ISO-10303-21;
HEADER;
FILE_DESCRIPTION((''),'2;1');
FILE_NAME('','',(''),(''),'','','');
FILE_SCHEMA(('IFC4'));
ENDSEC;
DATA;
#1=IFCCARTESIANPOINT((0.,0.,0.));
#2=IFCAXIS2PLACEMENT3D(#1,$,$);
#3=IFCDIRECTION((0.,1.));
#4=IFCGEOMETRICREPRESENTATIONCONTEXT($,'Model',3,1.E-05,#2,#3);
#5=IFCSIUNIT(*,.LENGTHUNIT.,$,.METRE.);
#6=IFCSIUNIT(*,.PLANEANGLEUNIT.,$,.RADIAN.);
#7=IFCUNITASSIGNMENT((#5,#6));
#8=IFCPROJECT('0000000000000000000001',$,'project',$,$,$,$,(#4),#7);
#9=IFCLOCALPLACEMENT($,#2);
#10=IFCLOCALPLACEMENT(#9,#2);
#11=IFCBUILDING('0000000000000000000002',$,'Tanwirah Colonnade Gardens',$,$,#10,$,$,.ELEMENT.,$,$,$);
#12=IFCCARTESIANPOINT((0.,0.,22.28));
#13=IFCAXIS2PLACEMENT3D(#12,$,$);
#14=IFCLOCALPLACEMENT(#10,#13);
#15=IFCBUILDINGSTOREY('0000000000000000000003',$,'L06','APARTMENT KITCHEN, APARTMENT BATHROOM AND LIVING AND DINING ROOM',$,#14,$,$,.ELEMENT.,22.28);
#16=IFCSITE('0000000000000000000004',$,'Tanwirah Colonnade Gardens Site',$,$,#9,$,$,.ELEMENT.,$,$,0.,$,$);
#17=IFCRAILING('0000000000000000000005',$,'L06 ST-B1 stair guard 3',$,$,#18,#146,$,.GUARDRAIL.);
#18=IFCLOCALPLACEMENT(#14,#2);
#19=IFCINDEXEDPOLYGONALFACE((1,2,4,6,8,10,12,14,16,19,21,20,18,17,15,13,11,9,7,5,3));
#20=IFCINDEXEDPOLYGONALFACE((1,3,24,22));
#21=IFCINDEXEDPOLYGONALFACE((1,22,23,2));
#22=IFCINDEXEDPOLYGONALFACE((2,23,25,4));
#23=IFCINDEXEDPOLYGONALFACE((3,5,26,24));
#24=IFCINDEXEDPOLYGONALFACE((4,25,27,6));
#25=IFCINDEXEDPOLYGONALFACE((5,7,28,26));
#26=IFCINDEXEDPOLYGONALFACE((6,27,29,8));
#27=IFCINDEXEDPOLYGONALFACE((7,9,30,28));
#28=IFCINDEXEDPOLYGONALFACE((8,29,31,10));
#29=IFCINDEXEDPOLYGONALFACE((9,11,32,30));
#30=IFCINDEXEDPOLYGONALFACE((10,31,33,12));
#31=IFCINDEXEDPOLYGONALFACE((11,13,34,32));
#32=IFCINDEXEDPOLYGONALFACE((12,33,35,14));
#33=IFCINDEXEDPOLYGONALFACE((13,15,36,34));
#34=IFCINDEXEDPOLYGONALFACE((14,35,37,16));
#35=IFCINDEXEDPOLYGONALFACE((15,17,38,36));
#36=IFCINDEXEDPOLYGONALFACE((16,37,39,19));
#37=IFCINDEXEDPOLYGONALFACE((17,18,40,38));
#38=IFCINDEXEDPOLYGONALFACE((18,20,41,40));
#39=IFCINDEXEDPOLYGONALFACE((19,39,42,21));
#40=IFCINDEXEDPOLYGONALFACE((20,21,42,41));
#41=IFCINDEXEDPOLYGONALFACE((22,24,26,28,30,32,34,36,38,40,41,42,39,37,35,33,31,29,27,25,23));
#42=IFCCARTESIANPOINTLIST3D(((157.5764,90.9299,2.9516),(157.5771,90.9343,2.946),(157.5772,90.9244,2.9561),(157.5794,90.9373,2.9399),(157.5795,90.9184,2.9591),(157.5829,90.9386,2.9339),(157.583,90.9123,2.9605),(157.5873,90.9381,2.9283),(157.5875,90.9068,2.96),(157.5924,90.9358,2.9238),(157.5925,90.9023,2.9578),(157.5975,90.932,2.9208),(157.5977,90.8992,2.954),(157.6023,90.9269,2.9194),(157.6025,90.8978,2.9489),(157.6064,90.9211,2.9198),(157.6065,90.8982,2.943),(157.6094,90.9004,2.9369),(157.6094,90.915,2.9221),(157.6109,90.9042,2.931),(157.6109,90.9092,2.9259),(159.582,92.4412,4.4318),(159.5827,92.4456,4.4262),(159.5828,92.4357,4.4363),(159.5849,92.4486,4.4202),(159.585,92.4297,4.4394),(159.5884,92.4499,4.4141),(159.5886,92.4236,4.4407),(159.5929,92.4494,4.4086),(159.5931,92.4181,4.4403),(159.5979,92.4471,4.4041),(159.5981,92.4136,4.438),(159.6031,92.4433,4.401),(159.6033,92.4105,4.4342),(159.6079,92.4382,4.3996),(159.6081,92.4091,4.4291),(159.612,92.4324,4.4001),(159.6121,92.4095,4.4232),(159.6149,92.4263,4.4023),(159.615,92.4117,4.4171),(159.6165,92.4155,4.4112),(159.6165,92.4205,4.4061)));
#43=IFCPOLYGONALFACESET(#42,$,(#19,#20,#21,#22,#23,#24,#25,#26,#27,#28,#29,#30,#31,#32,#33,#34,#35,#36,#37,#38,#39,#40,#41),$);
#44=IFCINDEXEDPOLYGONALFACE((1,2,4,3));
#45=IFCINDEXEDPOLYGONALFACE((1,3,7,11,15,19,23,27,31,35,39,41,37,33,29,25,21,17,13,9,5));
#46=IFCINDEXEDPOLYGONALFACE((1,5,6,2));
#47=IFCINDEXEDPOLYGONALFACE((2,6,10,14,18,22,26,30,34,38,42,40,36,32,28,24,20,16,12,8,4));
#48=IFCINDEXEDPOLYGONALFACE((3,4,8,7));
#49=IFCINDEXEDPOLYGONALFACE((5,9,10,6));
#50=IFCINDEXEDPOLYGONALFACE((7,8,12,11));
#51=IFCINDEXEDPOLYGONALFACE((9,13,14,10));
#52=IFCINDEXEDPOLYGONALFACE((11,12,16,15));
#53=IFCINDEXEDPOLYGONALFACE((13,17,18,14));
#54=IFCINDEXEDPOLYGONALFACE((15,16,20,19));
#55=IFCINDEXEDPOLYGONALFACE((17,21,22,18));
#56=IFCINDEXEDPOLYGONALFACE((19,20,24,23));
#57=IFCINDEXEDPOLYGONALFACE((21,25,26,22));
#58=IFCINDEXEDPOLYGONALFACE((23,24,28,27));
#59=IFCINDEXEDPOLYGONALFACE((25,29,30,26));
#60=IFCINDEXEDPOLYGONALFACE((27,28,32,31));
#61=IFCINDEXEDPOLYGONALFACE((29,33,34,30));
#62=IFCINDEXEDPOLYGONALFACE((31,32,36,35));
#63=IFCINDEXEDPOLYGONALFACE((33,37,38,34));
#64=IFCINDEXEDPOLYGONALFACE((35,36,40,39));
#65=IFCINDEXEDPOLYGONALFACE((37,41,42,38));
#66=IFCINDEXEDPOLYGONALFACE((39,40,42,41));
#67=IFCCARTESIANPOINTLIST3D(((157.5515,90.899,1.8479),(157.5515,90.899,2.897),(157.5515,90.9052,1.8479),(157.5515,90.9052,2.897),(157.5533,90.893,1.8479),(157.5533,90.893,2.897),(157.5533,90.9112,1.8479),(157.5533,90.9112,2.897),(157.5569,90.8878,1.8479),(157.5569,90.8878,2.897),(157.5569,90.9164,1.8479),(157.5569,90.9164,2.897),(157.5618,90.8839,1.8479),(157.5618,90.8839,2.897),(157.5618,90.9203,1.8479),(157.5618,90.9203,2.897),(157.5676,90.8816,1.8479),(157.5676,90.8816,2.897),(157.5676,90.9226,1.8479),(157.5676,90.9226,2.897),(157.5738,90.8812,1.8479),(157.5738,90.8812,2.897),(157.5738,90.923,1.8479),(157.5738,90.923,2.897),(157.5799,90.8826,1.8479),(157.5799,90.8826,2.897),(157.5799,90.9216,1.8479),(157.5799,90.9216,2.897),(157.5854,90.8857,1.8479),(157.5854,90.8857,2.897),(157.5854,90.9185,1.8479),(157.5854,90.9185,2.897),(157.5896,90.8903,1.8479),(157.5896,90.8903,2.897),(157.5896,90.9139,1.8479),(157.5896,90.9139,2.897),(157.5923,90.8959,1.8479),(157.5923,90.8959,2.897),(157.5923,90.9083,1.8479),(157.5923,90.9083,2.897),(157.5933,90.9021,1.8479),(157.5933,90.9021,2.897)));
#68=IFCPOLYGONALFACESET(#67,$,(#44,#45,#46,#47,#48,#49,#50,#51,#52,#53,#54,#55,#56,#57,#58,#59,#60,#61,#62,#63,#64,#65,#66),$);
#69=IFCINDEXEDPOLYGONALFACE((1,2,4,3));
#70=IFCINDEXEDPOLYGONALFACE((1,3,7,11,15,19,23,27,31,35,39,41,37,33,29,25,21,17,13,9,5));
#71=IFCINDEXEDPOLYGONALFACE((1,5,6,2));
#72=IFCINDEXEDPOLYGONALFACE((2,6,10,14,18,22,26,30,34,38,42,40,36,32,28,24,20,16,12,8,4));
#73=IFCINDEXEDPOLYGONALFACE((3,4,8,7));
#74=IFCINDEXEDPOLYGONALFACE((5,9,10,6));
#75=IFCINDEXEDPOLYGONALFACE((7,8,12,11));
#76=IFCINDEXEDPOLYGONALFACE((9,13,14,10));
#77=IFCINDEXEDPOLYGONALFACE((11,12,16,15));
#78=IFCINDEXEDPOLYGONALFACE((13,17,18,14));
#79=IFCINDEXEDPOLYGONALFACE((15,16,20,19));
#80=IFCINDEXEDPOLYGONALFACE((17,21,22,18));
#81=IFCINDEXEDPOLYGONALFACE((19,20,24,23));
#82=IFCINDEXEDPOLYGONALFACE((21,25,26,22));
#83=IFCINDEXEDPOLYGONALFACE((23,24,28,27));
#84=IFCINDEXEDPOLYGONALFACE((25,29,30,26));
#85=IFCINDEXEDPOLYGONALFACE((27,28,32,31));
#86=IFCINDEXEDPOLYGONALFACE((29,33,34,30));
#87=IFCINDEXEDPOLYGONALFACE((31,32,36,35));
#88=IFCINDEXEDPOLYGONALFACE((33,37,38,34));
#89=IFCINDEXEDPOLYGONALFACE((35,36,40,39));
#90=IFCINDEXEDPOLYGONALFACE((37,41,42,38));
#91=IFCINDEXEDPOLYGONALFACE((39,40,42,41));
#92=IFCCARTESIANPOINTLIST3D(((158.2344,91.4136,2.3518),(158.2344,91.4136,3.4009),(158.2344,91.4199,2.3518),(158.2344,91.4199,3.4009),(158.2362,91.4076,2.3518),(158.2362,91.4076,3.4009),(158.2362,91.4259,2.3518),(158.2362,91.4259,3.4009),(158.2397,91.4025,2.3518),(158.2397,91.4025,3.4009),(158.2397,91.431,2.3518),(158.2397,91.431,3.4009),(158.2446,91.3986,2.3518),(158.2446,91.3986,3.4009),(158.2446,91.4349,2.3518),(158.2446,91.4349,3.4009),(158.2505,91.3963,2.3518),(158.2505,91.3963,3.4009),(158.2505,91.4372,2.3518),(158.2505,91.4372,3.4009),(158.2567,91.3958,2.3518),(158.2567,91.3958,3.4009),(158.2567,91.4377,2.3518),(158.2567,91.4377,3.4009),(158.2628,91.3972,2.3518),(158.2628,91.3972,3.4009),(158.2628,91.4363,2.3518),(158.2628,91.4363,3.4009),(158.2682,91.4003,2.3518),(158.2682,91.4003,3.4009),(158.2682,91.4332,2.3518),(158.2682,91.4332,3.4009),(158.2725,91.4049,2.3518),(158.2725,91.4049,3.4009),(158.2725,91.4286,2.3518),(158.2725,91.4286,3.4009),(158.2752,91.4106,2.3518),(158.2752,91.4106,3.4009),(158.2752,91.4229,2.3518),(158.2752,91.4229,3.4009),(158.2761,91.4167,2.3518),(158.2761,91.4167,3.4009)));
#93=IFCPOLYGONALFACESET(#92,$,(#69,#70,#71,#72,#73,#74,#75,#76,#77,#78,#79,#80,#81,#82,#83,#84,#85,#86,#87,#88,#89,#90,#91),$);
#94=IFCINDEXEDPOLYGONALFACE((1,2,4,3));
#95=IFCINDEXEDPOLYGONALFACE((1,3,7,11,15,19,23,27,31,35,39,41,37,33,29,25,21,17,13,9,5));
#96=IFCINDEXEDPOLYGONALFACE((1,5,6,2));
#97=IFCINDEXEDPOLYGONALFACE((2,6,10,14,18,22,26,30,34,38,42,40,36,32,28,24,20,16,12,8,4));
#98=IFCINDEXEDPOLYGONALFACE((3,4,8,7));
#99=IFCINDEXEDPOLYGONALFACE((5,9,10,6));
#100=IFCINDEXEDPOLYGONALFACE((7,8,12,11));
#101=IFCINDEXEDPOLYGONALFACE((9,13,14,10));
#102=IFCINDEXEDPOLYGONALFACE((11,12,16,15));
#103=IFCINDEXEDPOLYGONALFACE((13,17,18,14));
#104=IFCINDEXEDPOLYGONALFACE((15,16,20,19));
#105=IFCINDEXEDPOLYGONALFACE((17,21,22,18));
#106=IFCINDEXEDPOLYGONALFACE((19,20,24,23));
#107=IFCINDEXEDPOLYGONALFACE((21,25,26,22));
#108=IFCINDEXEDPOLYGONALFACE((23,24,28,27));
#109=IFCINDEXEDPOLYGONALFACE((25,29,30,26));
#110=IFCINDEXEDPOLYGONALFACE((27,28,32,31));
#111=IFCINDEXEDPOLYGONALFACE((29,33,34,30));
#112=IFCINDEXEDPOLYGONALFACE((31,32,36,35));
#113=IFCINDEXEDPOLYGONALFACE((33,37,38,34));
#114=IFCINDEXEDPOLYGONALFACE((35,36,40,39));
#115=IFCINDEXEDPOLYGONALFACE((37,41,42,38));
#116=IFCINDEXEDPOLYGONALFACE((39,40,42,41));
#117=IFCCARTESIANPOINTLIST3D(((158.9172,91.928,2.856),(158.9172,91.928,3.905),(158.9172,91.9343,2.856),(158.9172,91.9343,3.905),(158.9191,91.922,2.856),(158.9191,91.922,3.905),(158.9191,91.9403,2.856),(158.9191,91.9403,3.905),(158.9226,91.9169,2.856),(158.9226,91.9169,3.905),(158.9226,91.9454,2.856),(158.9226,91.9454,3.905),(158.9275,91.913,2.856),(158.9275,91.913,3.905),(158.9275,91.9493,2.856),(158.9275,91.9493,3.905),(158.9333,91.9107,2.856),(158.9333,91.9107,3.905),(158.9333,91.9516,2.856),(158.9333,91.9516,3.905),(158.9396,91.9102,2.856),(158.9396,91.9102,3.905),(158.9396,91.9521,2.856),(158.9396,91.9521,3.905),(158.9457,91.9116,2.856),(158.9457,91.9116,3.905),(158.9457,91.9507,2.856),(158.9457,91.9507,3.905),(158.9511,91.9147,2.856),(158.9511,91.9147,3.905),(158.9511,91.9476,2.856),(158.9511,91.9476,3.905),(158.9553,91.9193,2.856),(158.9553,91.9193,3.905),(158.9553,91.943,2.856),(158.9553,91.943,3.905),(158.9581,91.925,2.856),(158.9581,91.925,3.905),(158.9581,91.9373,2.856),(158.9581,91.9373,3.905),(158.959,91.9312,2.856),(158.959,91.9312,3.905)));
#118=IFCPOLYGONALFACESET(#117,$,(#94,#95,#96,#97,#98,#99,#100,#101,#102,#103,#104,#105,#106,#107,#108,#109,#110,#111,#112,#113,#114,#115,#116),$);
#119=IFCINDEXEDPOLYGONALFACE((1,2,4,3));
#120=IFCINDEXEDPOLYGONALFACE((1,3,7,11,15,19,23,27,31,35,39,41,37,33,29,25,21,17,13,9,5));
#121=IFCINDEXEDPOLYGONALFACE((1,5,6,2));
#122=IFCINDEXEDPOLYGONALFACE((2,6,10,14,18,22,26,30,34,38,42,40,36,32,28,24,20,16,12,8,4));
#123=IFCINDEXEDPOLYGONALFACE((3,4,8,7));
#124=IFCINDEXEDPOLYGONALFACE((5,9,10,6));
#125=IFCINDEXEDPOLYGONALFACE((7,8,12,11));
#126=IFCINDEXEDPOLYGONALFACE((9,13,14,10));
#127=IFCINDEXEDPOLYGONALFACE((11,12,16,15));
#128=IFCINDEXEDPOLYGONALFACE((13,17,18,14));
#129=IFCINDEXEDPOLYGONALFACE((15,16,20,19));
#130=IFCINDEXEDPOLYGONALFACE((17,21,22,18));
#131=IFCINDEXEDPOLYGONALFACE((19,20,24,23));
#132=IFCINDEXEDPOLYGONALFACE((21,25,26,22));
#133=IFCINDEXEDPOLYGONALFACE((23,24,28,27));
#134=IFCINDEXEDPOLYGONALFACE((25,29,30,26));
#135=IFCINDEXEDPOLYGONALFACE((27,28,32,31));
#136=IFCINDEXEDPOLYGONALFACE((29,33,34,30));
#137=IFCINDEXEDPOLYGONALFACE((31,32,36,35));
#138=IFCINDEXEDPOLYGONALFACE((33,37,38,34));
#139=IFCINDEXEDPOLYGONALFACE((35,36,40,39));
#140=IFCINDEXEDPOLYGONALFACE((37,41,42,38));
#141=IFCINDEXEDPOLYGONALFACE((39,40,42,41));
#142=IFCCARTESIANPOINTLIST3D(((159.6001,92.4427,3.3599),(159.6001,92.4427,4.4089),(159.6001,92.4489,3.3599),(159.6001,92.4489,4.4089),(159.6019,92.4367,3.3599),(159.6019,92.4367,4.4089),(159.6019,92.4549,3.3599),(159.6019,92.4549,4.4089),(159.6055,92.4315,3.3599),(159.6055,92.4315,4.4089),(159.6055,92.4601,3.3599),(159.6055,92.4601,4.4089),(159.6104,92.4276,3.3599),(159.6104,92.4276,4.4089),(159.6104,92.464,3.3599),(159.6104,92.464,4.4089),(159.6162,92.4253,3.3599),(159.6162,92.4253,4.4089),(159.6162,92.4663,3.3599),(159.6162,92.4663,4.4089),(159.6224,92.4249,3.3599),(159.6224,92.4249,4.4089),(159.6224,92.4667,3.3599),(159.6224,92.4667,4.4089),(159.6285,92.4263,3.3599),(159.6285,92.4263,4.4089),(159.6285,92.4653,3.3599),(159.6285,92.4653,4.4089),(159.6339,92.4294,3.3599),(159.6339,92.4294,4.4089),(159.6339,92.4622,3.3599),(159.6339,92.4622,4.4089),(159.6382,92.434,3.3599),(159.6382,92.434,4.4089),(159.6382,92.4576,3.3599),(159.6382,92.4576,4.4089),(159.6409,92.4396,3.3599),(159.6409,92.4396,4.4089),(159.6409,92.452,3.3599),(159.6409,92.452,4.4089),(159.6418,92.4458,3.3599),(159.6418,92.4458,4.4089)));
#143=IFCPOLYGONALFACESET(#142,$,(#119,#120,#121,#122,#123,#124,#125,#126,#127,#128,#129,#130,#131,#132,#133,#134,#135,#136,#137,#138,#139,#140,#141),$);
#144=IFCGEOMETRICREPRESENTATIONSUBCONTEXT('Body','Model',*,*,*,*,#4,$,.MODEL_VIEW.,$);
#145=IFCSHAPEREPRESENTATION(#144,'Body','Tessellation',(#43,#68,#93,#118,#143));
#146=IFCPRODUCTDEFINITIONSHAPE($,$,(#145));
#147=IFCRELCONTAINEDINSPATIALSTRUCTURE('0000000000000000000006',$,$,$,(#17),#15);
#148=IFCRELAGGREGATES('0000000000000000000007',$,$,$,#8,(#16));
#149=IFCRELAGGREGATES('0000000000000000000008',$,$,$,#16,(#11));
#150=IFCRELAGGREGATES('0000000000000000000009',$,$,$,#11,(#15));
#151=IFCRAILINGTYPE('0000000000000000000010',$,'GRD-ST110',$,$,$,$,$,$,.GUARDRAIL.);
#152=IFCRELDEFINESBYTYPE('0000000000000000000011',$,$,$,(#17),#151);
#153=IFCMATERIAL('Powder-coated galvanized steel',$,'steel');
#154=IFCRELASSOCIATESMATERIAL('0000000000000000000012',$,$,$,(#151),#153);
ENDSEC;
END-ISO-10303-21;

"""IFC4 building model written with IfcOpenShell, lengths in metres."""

from ifc_helpers import new_model, si_unit, direction, frame, origin, origin_2d, place, context, subcontext, project, spatial, circle, extrude, material, type_object, element, save


model = new_model("IFC4")

# Units and contexts
model_context = context("Model", 3, precision=1e-05, world=origin(), true_north=direction((0.0, 1.0)))
body_context = subcontext(model_context, "Body", "Model", "MODEL_VIEW")
ifc_project = project(units=[si_unit("LENGTHUNIT", "METRE"), si_unit("PLANEANGLEUNIT", "RADIAN")], contexts=[model_context])

# Site, building, storey
site_placement = place(None, origin())
site = spatial("IfcSite", under=ifc_project, at=site_placement, Name="Tanwirah Colonnade Gardens Site", CompositionType="ELEMENT", RefElevation=0.0)
building_placement = place(site_placement, origin())
building = spatial("IfcBuilding", under=site, at=building_placement, Name="Tanwirah Colonnade Gardens", CompositionType="ELEMENT")
storey_placement = place(building_placement, frame((0.0, 0.0, 22.28)))
storey = spatial("IfcBuildingStorey", under=building, at=storey_placement, Name="L06", Description="APARTMENT KITCHEN, APARTMENT BATHROOM AND LIVING AND DINING ROOM", CompositionType="ELEMENT", Elevation=22.28)

# Railing
ifc_material_1 = material(Name="Powder-coated galvanized steel", Category="steel")
railing_type_1 = type_object("IfcRailingType", Name="GRD-ST110", PredefinedType="GUARDRAIL", material=ifc_material_1)
railing_1_placement = place(storey_placement, frame((157.5723, 90.9021, 1.8479)))
element("IfcRailing", 1, at=railing_1_placement, inside=storey, type_object=railing_type_1, Name="L06 ST-B1 stair guard 3", PredefinedType="GUARDRAIL", context=body_context, shape_type="SweptSolid", body=[
    extrude(circle(Radius=0.0239, at=origin_2d()), frame((0.0215, 0.0161, 1.092), z_axis=(0.688012, 0.518449, 0.507789), x_axis=(-0.601811, 0.798639, 0.0)), (0.0, 0.0, 1.0), 2.915),
    extrude(circle(Radius=0.021, at=origin_2d()), origin(), (0.0, 0.0, 1.0), 1.0491),
    extrude(circle(Radius=0.021, at=origin_2d()), frame((0.6829, 0.5146, 0.5039)), (0.0, 0.0, 1.0), 1.0491),
    extrude(circle(Radius=0.021, at=origin_2d()), frame((1.3657, 1.0291, 1.0081)), (0.0, 0.0, 1.0), 1.0491),
    extrude(circle(Radius=0.021, at=origin_2d()), frame((2.0486, 1.5437, 1.512)), (0.0, 0.0, 1.0), 1.0491),
])

save(model, "model.ifc")
